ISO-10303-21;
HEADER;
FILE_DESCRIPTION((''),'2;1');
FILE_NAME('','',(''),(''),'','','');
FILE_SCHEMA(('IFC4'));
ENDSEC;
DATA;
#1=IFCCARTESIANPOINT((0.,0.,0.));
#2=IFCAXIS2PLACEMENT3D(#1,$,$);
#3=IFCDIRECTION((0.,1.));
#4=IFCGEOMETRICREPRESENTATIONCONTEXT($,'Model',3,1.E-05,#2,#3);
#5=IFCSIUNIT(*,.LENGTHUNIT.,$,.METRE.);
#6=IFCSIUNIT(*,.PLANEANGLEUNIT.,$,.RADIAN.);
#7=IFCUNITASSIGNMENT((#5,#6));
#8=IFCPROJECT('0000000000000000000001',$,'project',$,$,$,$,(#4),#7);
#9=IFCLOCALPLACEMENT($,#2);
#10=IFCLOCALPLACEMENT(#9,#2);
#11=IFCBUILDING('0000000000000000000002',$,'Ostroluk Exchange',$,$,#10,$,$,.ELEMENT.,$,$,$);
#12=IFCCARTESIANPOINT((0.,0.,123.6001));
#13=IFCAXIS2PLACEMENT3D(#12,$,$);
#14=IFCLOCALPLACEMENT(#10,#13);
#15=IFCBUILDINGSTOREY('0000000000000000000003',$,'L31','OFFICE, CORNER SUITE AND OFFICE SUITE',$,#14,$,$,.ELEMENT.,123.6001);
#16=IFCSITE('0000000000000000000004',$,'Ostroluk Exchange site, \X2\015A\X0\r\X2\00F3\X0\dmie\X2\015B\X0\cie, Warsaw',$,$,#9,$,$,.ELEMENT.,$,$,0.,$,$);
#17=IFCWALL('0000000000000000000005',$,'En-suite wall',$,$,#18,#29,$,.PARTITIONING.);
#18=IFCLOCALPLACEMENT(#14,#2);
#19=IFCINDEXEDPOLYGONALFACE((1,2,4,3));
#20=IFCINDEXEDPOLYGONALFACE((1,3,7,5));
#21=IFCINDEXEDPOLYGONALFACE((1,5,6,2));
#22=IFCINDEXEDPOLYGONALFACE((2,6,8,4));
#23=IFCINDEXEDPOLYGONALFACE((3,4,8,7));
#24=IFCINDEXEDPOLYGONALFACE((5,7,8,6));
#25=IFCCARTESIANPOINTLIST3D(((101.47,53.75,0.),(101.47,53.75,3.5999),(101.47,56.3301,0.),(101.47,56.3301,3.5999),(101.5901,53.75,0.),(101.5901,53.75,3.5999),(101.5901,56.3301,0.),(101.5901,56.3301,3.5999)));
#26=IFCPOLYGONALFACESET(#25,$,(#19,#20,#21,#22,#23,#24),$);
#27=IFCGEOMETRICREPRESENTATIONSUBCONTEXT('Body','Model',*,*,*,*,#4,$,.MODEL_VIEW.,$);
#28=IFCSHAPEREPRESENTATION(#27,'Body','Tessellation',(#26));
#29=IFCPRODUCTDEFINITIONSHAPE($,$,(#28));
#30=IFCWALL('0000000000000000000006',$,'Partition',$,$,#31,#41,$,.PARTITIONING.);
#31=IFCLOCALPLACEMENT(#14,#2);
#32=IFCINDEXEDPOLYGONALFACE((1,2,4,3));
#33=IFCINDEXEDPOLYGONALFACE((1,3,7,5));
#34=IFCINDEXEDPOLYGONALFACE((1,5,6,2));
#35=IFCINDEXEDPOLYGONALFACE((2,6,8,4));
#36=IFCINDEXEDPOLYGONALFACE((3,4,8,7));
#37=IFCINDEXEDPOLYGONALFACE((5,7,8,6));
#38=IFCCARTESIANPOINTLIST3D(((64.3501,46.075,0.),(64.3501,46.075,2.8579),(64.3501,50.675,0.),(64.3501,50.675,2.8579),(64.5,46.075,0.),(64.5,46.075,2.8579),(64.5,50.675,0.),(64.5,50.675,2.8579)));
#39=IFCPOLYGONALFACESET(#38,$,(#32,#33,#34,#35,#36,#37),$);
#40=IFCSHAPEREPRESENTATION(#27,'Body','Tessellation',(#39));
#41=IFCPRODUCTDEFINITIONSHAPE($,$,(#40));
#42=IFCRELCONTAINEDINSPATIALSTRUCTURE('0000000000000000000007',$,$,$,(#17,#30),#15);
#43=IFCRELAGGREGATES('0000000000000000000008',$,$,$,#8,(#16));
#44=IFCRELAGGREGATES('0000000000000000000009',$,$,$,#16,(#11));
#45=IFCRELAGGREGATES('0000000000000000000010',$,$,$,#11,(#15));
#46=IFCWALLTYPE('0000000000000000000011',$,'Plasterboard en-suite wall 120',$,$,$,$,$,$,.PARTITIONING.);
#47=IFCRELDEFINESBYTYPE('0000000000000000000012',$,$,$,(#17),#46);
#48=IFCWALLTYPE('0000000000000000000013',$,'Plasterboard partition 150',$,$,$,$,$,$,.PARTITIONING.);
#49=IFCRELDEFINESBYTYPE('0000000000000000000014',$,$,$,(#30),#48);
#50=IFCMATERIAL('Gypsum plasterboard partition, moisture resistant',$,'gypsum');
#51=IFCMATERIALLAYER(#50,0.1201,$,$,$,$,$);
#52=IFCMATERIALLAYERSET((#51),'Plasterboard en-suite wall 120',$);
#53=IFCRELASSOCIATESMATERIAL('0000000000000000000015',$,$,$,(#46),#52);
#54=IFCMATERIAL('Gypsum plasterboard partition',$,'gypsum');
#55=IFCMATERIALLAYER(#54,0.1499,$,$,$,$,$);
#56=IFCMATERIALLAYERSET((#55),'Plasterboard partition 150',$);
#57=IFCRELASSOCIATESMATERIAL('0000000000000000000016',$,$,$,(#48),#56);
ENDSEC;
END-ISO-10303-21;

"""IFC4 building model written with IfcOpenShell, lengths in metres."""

from ifc_helpers import new_model, si_unit, direction, frame, frame_2d, origin, place, context, subcontext, project, spatial, rectangle, extrude, material, layer, layer_set, type_object, element, save


model = new_model("IFC4")

# Units and contexts
model_context = context("Model", 3, precision=1e-05, world=origin(), true_north=direction((0.0, 1.0)))
body_context = subcontext(model_context, "Body", "Model", "MODEL_VIEW")
ifc_project = project(units=[si_unit("LENGTHUNIT", "METRE"), si_unit("PLANEANGLEUNIT", "RADIAN")], contexts=[model_context])

# Site, building, storey
site_placement = place(None, origin())
site = spatial("IfcSite", under=ifc_project, at=site_placement, Name="Ostroluk Exchange site, Śródmieście, Warsaw", CompositionType="ELEMENT", RefElevation=0.0)
building_placement = place(site_placement, origin())
building = spatial("IfcBuilding", under=site, at=building_placement, Name="Ostroluk Exchange", CompositionType="ELEMENT")
storey_placement = place(building_placement, frame((0.0, 0.0, 123.6001)))
storey = spatial("IfcBuildingStorey", under=building, at=storey_placement, Name="L31", Description="OFFICE, CORNER SUITE AND OFFICE SUITE", CompositionType="ELEMENT", Elevation=123.6001)

# Walls
ifc_material_1 = material(Name="Gypsum plasterboard partition, moisture resistant", Category="gypsum")
ifc_layer_1 = layer(ifc_material_1, 0.1201)
ifc_layer_set_1 = layer_set([ifc_layer_1], Name="Plasterboard en-suite wall 120")
wall_type_1 = type_object("IfcWallType", Name="Plasterboard en-suite wall 120", PredefinedType="PARTITIONING", material=ifc_layer_set_1)
wall_1_placement = place(storey_placement, frame((101.53, 53.75, 0.0), z_axis=(0.0, 0.0, 1.0), x_axis=(0.0, 1.0, 0.0)))
element("IfcWall", 1, at=wall_1_placement, inside=storey, type_object=wall_type_1, Name="En-suite wall", PredefinedType="PARTITIONING", context=body_context, shape_type="SweptSolid", body=[
    extrude(rectangle(XDim=2.5801, YDim=0.1201, at=frame_2d((1.29, 0.0))), origin(), (0.0, 0.0, 1.0), 3.5999),
])
ifc_material_2 = material(Name="Gypsum plasterboard partition", Category="gypsum")
ifc_layer_2 = layer(ifc_material_2, 0.1499)
ifc_layer_set_2 = layer_set([ifc_layer_2], Name="Plasterboard partition 150")
wall_type_2 = type_object("IfcWallType", Name="Plasterboard partition 150", PredefinedType="PARTITIONING", material=ifc_layer_set_2)
wall_2_placement = place(storey_placement, frame((64.425, 46.075, 0.0), z_axis=(0.0, 0.0, 1.0), x_axis=(0.0, 1.0, 0.0)))
element("IfcWall", 2, at=wall_2_placement, inside=storey, type_object=wall_type_2, Name="Partition", PredefinedType="PARTITIONING", context=body_context, shape_type="SweptSolid", body=[
    extrude(rectangle(XDim=4.6001, YDim=0.1499, at=frame_2d((2.3, 0.0))), origin(), (0.0, 0.0, 1.0), 2.8579),
])

save(model, "model.ifc")
